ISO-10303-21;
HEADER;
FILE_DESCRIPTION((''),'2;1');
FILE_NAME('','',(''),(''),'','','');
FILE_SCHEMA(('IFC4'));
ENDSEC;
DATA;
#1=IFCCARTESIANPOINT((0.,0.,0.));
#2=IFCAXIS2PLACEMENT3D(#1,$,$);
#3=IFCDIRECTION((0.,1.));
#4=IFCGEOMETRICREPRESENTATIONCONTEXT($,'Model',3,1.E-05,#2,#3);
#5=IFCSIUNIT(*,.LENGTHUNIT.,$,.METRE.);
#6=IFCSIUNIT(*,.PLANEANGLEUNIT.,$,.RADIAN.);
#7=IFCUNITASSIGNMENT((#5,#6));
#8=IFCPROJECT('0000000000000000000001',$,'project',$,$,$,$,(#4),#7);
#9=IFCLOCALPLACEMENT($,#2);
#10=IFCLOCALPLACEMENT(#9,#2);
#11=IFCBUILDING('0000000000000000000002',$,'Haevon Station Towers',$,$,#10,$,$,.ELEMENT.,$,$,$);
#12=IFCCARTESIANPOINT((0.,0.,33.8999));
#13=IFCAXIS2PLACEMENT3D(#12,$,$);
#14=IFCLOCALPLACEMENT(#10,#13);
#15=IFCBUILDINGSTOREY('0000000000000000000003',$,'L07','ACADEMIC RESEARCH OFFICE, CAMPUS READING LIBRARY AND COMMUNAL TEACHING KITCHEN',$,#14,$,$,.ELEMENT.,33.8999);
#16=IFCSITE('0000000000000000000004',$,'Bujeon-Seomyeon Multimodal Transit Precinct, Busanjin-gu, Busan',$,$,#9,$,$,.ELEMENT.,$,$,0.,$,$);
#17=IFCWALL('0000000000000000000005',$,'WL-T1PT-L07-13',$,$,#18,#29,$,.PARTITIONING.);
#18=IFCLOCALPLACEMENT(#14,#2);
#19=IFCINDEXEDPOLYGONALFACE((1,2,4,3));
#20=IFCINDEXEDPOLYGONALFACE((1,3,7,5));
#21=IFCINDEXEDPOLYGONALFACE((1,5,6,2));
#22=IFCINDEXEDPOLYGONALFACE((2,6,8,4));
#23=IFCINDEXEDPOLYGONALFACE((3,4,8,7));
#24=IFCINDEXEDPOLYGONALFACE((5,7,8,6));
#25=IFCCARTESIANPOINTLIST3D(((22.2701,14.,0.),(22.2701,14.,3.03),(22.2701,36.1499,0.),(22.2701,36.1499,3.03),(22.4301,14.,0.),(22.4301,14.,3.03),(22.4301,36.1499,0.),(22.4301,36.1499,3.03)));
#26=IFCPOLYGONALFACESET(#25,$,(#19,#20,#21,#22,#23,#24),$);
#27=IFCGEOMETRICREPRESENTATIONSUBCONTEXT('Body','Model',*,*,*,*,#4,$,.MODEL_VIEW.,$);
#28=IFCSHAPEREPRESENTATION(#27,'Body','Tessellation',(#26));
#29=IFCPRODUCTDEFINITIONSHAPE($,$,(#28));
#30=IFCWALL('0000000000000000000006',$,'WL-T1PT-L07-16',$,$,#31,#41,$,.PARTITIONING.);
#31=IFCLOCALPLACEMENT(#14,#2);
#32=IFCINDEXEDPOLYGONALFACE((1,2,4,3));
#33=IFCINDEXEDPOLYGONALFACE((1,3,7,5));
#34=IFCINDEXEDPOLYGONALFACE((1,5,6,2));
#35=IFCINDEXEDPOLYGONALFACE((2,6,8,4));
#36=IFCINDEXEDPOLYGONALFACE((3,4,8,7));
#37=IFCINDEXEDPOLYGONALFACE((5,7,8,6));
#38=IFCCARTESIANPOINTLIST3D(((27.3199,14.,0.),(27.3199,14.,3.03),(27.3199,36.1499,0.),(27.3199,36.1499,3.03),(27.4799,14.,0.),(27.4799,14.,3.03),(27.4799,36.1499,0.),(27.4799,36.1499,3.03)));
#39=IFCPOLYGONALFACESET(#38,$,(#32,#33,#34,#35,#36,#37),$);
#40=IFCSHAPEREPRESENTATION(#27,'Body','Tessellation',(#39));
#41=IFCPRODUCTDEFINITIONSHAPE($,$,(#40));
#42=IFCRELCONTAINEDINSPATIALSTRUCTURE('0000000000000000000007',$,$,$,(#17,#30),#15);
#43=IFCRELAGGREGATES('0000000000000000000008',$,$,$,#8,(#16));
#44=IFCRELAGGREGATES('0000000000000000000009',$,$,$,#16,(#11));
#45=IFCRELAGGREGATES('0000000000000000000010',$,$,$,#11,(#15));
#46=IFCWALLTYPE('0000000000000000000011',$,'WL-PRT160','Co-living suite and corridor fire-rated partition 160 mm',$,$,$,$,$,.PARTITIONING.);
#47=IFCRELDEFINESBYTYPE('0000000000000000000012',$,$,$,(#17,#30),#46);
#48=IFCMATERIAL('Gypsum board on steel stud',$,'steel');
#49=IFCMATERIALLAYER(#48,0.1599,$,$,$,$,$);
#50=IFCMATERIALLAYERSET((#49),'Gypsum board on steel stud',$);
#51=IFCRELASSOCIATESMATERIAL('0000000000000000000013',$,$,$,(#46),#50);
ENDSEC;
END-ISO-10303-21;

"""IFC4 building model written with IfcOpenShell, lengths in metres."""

from ifc_helpers import new_model, si_unit, direction, frame, frame_2d, origin, place, context, subcontext, project, spatial, rectangle, extrude, material, layer, layer_set, type_object, element, save


model = new_model("IFC4")

# Units and contexts
model_context = context("Model", 3, precision=1e-05, world=origin(), true_north=direction((0.0, 1.0)))
body_context = subcontext(model_context, "Body", "Model", "MODEL_VIEW")
ifc_project = project(units=[si_unit("LENGTHUNIT", "METRE"), si_unit("PLANEANGLEUNIT", "RADIAN")], contexts=[model_context])

# Site, building, storey
site_placement = place(None, origin())
site = spatial("IfcSite", under=ifc_project, at=site_placement, Name="Bujeon-Seomyeon Multimodal Transit Precinct, Busanjin-gu, Busan", CompositionType="ELEMENT", RefElevation=0.0)
building_placement = place(site_placement, origin())
building = spatial("IfcBuilding", under=site, at=building_placement, Name="Haevon Station Towers", CompositionType="ELEMENT")
storey_placement = place(building_placement, frame((0.0, 0.0, 33.8999)))
storey = spatial("IfcBuildingStorey", under=building, at=storey_placement, Name="L07", Description="ACADEMIC RESEARCH OFFICE, CAMPUS READING LIBRARY AND COMMUNAL TEACHING KITCHEN", CompositionType="ELEMENT", Elevation=33.8999)

# Shared definitions
ifc_material_1 = material(Name="Gypsum board on steel stud", Category="steel")
ifc_layer_1 = layer(ifc_material_1, 0.1599)
ifc_layer_set_1 = layer_set([ifc_layer_1], Name="Gypsum board on steel stud")
wall_type_1 = type_object("IfcWallType", Name="WL-PRT160", Description="Co-living suite and corridor fire-rated partition 160 mm", PredefinedType="PARTITIONING", material=ifc_layer_set_1)

# Walls
for number, where, z_axis, x_axis, name in (
    (1, (22.3501, 14.0, 0.0), (0.0, 0.0, 1.0), (0.0, 1.0, 0.0), "WL-T1PT-L07-13"),
    (2, (27.3999, 14.0, 0.0), (0.0, 0.0, 1.0), (0.0, 1.0, 0.0), "WL-T1PT-L07-16"),
):
    element("IfcWall", number, at=place(storey_placement, frame(where, z_axis=z_axis, x_axis=x_axis)), inside=storey, type_object=wall_type_1, Name=name, PredefinedType="PARTITIONING", context=body_context, shape_type="SweptSolid", body=[
        extrude(rectangle(XDim=22.1499, YDim=0.1599, at=frame_2d((11.075, 0.0))), origin(), (0.0, 0.0, 1.0), 3.03),
    ])

save(model, "model.ifc")
